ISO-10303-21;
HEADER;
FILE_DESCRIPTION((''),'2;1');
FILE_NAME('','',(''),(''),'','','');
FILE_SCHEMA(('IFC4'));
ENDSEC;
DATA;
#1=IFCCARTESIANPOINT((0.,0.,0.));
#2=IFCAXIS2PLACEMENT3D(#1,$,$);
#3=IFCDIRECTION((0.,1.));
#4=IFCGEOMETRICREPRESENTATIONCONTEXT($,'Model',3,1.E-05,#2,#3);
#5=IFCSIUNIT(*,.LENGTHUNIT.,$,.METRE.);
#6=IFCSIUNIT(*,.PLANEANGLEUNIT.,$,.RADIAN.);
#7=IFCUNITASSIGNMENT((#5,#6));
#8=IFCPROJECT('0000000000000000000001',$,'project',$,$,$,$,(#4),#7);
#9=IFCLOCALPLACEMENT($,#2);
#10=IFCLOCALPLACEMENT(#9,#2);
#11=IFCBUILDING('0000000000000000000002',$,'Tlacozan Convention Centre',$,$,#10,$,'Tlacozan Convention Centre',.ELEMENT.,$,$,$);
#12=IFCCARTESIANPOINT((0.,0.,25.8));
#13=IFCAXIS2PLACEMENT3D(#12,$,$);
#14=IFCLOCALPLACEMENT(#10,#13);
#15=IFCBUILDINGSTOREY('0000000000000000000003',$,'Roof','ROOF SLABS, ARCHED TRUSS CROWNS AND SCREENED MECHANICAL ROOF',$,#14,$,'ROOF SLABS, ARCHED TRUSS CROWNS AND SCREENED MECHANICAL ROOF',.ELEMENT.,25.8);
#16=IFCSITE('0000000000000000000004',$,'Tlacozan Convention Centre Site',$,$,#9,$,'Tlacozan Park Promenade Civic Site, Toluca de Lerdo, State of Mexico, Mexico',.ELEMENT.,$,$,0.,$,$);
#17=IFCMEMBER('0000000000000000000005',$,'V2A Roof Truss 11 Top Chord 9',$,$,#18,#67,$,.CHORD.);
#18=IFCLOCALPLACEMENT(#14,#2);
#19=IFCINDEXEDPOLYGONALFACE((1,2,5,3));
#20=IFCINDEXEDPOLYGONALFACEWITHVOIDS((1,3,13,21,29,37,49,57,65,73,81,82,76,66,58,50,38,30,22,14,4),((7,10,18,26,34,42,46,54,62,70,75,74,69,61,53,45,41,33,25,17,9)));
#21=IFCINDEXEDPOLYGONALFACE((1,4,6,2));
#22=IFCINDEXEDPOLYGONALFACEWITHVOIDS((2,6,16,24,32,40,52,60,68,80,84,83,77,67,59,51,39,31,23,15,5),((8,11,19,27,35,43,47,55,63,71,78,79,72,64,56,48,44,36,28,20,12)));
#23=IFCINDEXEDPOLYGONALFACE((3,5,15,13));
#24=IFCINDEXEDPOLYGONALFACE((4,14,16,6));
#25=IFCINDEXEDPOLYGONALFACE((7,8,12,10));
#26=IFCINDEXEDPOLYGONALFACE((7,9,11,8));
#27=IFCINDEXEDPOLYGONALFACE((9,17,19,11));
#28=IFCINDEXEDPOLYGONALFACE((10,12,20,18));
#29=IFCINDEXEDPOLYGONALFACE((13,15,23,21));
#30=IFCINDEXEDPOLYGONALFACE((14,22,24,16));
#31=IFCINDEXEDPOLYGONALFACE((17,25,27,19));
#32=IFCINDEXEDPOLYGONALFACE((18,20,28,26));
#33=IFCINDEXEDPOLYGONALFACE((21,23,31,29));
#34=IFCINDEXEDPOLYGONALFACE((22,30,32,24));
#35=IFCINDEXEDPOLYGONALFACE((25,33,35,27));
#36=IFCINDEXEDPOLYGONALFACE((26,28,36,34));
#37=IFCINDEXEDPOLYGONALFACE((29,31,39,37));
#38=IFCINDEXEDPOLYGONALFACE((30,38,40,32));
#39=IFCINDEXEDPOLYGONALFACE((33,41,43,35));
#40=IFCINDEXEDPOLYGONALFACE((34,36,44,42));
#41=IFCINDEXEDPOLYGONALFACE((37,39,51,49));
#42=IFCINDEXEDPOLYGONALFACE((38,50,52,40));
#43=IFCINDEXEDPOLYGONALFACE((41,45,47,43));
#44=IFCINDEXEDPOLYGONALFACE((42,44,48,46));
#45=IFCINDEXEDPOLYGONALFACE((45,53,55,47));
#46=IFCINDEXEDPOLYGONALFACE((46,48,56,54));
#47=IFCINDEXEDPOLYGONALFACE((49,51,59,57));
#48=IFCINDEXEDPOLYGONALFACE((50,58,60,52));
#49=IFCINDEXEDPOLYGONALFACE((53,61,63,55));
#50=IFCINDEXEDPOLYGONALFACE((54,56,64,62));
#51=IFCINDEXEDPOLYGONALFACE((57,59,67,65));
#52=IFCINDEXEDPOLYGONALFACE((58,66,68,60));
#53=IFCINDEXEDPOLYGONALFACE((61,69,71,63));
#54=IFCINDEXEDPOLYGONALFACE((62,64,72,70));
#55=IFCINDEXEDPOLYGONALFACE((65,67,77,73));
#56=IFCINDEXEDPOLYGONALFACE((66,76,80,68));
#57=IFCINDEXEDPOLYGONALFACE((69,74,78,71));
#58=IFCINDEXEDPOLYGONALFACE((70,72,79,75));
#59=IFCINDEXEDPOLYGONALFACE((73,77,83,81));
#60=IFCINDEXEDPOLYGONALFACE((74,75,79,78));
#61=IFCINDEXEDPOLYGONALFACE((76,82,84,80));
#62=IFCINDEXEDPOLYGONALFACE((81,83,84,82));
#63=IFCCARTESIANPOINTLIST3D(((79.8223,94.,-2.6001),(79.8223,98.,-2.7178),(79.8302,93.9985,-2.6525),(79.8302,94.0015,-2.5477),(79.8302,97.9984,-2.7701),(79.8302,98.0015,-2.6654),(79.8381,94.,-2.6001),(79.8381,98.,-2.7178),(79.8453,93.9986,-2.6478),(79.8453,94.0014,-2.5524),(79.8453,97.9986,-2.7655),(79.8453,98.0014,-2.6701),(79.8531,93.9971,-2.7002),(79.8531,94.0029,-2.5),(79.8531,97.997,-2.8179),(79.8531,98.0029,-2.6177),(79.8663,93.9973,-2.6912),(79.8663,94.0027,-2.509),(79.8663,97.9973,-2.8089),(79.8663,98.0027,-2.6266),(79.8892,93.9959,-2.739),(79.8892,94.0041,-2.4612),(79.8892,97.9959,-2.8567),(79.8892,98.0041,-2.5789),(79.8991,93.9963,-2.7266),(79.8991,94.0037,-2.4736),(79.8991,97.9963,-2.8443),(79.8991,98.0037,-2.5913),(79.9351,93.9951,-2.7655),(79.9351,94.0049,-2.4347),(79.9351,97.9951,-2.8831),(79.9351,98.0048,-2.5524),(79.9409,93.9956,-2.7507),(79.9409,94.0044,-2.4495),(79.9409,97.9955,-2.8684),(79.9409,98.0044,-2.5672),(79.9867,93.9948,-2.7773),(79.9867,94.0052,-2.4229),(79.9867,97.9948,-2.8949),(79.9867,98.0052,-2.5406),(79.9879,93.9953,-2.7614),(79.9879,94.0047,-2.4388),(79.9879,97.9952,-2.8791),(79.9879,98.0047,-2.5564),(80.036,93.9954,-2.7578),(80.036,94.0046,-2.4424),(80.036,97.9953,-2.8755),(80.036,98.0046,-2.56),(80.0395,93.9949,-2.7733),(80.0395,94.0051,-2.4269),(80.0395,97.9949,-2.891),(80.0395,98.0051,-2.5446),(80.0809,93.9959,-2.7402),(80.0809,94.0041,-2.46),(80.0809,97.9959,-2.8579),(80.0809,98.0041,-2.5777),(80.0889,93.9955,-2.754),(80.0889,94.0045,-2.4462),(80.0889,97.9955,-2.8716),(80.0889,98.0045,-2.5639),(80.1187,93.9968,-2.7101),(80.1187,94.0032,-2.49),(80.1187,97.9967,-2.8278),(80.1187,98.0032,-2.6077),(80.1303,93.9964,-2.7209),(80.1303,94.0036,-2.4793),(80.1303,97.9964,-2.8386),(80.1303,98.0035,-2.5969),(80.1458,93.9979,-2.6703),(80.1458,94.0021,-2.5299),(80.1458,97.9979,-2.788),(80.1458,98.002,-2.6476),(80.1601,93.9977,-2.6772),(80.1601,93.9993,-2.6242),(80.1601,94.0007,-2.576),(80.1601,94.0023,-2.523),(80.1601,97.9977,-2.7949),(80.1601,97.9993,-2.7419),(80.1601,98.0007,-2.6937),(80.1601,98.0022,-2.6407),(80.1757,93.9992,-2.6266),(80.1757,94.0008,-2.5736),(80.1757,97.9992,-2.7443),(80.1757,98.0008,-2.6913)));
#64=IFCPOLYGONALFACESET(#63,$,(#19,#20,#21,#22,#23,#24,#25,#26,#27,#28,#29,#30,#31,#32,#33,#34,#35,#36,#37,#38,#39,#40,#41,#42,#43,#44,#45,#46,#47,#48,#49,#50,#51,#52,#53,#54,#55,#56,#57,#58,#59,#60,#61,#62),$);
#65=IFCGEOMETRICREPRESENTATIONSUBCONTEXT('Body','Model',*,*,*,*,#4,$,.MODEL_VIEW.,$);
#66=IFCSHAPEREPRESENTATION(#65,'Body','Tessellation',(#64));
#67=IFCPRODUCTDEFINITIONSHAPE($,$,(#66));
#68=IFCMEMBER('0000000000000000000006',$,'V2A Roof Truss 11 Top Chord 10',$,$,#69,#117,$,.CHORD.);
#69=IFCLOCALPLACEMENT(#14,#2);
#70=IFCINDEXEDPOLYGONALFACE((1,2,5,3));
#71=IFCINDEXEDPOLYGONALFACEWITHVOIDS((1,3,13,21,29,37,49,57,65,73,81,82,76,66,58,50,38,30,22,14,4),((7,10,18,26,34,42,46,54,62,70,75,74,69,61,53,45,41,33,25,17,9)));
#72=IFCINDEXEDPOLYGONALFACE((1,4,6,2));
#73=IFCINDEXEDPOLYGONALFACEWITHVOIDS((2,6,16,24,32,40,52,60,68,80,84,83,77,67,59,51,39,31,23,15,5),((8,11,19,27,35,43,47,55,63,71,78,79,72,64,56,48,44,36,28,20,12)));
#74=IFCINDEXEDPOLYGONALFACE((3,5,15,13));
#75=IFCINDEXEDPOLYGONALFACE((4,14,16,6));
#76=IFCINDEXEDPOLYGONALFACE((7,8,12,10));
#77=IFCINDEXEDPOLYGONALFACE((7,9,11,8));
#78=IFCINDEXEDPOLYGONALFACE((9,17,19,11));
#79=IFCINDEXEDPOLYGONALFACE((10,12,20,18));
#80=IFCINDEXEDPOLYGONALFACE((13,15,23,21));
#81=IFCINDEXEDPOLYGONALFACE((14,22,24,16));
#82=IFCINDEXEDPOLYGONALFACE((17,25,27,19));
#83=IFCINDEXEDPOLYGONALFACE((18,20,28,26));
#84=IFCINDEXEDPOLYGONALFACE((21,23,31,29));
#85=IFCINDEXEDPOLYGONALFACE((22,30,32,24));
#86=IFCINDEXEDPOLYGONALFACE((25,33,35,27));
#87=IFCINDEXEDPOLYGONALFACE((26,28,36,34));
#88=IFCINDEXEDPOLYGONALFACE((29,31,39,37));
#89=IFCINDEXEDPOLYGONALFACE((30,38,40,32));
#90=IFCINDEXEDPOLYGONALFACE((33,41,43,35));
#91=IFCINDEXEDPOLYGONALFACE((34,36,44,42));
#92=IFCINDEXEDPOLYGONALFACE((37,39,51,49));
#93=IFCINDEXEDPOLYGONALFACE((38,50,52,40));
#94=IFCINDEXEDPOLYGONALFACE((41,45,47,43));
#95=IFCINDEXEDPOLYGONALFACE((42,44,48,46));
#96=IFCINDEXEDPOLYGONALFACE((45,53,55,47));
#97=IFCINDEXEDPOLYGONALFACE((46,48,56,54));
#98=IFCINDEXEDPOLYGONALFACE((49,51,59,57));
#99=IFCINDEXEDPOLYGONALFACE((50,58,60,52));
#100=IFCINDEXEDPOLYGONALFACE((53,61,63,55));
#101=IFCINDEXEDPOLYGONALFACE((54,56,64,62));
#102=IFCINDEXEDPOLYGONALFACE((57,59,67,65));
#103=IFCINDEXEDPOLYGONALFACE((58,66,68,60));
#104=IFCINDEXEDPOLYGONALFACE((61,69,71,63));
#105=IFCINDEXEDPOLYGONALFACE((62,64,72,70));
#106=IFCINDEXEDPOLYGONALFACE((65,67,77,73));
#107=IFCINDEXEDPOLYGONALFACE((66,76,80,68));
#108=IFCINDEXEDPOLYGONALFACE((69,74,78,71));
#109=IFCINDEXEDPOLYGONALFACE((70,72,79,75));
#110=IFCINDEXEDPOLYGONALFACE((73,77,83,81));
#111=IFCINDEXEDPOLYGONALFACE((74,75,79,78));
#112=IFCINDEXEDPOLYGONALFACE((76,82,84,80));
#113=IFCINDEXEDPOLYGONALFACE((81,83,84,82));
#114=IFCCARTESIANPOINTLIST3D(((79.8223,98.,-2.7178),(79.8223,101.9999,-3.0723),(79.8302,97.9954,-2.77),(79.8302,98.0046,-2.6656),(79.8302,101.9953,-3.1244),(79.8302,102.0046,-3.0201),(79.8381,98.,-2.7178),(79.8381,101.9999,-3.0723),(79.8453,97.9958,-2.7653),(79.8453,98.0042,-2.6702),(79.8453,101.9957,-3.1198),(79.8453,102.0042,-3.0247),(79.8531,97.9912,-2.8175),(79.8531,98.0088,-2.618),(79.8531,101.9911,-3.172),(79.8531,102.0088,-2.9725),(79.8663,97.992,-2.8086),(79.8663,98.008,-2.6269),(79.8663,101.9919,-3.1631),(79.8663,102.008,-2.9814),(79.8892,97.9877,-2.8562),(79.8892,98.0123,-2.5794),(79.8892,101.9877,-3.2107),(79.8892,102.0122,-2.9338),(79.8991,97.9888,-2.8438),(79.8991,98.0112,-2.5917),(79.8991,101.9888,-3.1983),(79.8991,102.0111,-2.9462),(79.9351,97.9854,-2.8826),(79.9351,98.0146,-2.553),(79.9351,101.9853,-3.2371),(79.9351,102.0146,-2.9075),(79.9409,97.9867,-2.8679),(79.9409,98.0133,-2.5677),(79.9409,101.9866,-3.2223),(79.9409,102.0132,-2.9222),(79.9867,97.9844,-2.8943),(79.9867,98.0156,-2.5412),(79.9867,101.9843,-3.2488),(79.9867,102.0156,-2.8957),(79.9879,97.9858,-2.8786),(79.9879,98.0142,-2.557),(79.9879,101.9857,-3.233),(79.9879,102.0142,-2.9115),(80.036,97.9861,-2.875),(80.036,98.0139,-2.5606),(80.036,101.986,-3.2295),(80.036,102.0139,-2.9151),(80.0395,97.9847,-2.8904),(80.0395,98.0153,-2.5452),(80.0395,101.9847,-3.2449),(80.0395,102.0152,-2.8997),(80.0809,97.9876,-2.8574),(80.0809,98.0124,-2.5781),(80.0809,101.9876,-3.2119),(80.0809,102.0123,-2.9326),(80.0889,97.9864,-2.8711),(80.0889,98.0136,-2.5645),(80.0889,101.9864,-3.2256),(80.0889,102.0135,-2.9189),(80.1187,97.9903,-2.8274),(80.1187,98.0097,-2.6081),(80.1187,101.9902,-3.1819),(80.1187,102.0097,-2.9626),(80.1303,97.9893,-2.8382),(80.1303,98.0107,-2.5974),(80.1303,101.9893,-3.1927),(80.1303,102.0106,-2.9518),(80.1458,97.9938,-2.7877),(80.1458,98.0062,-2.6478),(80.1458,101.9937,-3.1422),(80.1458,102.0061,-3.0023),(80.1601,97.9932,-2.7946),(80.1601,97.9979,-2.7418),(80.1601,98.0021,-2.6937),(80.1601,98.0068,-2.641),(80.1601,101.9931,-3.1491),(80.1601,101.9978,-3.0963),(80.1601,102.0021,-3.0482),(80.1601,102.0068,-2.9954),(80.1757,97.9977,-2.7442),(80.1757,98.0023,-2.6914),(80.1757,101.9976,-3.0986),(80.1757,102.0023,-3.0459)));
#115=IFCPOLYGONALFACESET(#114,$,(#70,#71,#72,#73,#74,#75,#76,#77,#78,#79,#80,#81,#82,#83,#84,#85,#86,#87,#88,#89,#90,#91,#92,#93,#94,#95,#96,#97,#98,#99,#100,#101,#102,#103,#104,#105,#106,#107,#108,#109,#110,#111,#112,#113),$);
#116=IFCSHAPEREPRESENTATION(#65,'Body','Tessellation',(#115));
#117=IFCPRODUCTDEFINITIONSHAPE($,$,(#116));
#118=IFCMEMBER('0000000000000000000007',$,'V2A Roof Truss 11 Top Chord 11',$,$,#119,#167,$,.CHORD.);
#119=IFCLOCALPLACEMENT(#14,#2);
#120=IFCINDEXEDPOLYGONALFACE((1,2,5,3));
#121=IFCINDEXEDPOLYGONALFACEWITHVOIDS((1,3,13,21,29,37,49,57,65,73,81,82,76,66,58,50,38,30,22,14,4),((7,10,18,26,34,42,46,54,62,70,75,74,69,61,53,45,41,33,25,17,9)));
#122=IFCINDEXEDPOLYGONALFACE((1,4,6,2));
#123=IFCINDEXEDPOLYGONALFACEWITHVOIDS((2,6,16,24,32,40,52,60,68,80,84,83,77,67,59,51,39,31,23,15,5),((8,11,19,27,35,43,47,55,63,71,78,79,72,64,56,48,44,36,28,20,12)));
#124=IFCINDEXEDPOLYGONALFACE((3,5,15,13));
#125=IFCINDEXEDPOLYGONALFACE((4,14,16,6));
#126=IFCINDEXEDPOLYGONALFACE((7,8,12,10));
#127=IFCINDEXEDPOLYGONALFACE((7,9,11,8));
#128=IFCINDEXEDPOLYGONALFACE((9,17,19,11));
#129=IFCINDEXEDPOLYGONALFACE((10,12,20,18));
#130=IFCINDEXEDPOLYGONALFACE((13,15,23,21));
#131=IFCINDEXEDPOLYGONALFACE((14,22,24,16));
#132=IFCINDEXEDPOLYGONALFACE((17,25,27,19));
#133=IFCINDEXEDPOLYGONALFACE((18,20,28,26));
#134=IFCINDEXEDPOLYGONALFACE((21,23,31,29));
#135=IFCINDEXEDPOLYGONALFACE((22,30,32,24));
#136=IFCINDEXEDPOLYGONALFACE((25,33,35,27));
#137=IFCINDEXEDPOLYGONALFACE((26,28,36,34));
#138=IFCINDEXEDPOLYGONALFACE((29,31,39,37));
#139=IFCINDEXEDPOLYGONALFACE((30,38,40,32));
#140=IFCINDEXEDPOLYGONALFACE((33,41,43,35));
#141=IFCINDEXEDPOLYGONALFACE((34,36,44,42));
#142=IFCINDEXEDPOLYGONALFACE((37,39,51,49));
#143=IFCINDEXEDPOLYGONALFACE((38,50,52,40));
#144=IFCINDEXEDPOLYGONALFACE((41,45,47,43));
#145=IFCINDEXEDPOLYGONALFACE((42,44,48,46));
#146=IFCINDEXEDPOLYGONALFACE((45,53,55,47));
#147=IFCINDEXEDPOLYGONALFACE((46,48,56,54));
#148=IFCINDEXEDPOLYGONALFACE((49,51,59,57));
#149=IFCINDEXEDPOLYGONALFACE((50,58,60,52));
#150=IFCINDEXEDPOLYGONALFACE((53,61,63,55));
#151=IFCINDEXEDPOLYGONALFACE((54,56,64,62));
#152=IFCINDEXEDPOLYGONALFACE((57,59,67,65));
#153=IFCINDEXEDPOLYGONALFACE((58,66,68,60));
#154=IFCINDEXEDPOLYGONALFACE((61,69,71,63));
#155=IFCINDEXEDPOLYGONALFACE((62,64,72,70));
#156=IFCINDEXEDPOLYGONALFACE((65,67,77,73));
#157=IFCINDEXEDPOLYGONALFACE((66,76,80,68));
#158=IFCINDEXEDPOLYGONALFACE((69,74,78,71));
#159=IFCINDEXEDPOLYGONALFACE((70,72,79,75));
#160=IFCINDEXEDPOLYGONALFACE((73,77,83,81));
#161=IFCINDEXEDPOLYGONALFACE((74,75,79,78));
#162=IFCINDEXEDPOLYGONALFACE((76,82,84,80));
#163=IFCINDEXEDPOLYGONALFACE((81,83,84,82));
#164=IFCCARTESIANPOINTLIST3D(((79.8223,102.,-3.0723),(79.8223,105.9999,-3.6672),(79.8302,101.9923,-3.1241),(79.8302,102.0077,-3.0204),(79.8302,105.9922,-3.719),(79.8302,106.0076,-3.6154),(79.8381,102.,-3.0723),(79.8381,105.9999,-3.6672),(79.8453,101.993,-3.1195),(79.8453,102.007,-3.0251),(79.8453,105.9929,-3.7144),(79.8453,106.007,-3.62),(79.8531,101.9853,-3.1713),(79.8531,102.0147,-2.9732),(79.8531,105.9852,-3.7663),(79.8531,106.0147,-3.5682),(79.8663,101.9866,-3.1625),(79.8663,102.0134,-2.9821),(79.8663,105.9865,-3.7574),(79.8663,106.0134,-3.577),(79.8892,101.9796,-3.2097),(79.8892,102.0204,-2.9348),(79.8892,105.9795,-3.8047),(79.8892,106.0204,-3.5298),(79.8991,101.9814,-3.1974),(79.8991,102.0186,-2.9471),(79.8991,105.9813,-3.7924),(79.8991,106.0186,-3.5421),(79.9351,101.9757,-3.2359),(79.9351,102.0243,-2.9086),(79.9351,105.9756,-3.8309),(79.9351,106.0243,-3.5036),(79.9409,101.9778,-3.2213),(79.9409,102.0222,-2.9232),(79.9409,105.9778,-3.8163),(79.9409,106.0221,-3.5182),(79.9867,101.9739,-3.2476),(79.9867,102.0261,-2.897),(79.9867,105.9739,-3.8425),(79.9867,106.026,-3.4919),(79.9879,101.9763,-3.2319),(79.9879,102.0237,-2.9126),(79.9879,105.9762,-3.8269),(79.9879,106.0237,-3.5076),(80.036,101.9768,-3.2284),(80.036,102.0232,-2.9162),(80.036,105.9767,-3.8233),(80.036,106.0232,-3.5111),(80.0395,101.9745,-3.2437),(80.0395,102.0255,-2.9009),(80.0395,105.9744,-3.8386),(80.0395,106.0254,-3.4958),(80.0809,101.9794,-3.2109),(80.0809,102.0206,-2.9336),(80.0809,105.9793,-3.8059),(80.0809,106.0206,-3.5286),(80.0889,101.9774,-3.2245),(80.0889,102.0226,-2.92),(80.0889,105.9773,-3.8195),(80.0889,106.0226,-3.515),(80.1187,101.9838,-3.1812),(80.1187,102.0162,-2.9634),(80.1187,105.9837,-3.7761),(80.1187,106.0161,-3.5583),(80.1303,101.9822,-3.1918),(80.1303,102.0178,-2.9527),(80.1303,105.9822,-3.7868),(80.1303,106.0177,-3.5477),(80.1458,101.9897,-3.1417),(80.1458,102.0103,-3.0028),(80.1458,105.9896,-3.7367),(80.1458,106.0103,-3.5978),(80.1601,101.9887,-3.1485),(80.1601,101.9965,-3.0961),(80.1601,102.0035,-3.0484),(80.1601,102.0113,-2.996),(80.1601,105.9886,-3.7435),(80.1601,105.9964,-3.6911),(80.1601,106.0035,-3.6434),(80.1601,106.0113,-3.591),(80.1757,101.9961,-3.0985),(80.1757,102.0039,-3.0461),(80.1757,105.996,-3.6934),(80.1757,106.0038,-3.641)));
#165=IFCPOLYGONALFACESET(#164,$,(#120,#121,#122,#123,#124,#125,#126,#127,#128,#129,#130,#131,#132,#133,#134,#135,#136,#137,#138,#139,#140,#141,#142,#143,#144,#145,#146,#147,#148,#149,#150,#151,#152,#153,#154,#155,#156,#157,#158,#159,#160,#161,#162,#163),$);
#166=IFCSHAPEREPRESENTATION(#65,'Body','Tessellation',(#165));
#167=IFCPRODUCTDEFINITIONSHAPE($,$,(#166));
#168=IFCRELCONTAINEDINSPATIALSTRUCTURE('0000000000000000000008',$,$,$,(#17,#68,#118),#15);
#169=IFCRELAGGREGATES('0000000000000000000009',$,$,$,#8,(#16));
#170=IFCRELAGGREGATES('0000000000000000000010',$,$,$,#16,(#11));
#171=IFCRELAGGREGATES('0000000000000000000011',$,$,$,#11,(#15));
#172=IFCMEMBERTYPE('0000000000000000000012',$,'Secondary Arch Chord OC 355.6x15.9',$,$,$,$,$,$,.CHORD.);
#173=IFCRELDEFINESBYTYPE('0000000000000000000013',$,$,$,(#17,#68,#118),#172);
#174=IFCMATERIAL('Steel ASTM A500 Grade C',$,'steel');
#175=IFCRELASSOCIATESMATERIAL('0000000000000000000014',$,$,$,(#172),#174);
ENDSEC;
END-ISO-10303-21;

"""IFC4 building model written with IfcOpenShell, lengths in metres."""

from ifc_helpers import new_model, si_unit, direction, frame, origin, origin_2d, place, context, subcontext, project, spatial, hollow_circle, extrude, material, material_profile, profile_set, type_object, element, save


model = new_model("IFC4")

# Units and contexts
model_context = context("Model", 3, precision=1e-05, world=origin(), true_north=direction((0.0, 1.0)))
body_context = subcontext(model_context, "Body", "Model", "MODEL_VIEW")
ifc_project = project(units=[si_unit("LENGTHUNIT", "METRE"), si_unit("PLANEANGLEUNIT", "RADIAN")], contexts=[model_context])

# Site, building, storey
site_placement = place(None, origin())
site = spatial("IfcSite", under=ifc_project, at=site_placement, Name="Tlacozan Convention Centre Site", LongName="Tlacozan Park Promenade Civic Site, Toluca de Lerdo, State of Mexico, Mexico", CompositionType="ELEMENT", RefElevation=0.0)
building_placement = place(site_placement, origin())
building = spatial("IfcBuilding", under=site, at=building_placement, Name="Tlacozan Convention Centre", LongName="Tlacozan Convention Centre", CompositionType="ELEMENT")
storey_placement = place(building_placement, frame((0.0, 0.0, 25.8)))
storey = spatial("IfcBuildingStorey", under=building, at=storey_placement, Name="Roof", Description="ROOF SLABS, ARCHED TRUSS CROWNS AND SCREENED MECHANICAL ROOF", LongName="ROOF SLABS, ARCHED TRUSS CROWNS AND SCREENED MECHANICAL ROOF", CompositionType="ELEMENT", Elevation=25.8)

# Members
ifc_material_1 = material(Name="Steel ASTM A500 Grade C", Category="steel")
ifc_material_profile_1 = material_profile(ifc_material_1, hollow_circle(Radius=0.1777, WallThickness=0.0159, at=origin_2d()), Name="OC 355.6x15.9")
ifc_profile_set_1 = profile_set([ifc_material_profile_1], Name="Steel ASTM A500 Grade C")
member_type_1 = type_object("IfcMemberType", Name="Secondary Arch Chord OC 355.6x15.9", PredefinedType="CHORD", material=ifc_profile_set_1)
member_1_placement = place(storey_placement, frame((80.0, 94.0, -2.6001), z_axis=(0.0, 0.999568, -0.029406), x_axis=(-1.0, 0.0, 0.0)))
element("IfcMember", 1, at=member_1_placement, inside=storey, type_object=member_type_1, Name="V2A Roof Truss 11 Top Chord 9", PredefinedType="CHORD", context=body_context, shape_type="SweptSolid", body=[
    extrude(hollow_circle(Radius=0.1777, WallThickness=0.0159, at=origin_2d()), origin(), (0.0, 0.0, 1.0), 4.0017),
])
member_2_placement = place(storey_placement, frame((80.0, 98.0, -2.7178), z_axis=(0.0, 0.996096, -0.088277), x_axis=(-1.0, 0.0, 0.0)))
element("IfcMember", 2, at=member_2_placement, inside=storey, type_object=member_type_1, Name="V2A Roof Truss 11 Top Chord 10", PredefinedType="CHORD", context=body_context, shape_type="SweptSolid", body=[
    extrude(hollow_circle(Radius=0.1777, WallThickness=0.0159, at=origin_2d()), origin(), (0.0, 0.0, 1.0), 4.0156),
])
member_3_placement = place(storey_placement, frame((80.0, 102.0, -3.0723), z_axis=(0.0, 0.989118, -0.147124), x_axis=(-1.0, 0.0, 0.0)))
element("IfcMember", 3, at=member_3_placement, inside=storey, type_object=member_type_1, Name="V2A Roof Truss 11 Top Chord 11", PredefinedType="CHORD", context=body_context, shape_type="SweptSolid", body=[
    extrude(hollow_circle(Radius=0.1777, WallThickness=0.0159, at=origin_2d()), origin(), (0.0, 0.0, 1.0), 4.0439),
])

save(model, "model.ifc")
